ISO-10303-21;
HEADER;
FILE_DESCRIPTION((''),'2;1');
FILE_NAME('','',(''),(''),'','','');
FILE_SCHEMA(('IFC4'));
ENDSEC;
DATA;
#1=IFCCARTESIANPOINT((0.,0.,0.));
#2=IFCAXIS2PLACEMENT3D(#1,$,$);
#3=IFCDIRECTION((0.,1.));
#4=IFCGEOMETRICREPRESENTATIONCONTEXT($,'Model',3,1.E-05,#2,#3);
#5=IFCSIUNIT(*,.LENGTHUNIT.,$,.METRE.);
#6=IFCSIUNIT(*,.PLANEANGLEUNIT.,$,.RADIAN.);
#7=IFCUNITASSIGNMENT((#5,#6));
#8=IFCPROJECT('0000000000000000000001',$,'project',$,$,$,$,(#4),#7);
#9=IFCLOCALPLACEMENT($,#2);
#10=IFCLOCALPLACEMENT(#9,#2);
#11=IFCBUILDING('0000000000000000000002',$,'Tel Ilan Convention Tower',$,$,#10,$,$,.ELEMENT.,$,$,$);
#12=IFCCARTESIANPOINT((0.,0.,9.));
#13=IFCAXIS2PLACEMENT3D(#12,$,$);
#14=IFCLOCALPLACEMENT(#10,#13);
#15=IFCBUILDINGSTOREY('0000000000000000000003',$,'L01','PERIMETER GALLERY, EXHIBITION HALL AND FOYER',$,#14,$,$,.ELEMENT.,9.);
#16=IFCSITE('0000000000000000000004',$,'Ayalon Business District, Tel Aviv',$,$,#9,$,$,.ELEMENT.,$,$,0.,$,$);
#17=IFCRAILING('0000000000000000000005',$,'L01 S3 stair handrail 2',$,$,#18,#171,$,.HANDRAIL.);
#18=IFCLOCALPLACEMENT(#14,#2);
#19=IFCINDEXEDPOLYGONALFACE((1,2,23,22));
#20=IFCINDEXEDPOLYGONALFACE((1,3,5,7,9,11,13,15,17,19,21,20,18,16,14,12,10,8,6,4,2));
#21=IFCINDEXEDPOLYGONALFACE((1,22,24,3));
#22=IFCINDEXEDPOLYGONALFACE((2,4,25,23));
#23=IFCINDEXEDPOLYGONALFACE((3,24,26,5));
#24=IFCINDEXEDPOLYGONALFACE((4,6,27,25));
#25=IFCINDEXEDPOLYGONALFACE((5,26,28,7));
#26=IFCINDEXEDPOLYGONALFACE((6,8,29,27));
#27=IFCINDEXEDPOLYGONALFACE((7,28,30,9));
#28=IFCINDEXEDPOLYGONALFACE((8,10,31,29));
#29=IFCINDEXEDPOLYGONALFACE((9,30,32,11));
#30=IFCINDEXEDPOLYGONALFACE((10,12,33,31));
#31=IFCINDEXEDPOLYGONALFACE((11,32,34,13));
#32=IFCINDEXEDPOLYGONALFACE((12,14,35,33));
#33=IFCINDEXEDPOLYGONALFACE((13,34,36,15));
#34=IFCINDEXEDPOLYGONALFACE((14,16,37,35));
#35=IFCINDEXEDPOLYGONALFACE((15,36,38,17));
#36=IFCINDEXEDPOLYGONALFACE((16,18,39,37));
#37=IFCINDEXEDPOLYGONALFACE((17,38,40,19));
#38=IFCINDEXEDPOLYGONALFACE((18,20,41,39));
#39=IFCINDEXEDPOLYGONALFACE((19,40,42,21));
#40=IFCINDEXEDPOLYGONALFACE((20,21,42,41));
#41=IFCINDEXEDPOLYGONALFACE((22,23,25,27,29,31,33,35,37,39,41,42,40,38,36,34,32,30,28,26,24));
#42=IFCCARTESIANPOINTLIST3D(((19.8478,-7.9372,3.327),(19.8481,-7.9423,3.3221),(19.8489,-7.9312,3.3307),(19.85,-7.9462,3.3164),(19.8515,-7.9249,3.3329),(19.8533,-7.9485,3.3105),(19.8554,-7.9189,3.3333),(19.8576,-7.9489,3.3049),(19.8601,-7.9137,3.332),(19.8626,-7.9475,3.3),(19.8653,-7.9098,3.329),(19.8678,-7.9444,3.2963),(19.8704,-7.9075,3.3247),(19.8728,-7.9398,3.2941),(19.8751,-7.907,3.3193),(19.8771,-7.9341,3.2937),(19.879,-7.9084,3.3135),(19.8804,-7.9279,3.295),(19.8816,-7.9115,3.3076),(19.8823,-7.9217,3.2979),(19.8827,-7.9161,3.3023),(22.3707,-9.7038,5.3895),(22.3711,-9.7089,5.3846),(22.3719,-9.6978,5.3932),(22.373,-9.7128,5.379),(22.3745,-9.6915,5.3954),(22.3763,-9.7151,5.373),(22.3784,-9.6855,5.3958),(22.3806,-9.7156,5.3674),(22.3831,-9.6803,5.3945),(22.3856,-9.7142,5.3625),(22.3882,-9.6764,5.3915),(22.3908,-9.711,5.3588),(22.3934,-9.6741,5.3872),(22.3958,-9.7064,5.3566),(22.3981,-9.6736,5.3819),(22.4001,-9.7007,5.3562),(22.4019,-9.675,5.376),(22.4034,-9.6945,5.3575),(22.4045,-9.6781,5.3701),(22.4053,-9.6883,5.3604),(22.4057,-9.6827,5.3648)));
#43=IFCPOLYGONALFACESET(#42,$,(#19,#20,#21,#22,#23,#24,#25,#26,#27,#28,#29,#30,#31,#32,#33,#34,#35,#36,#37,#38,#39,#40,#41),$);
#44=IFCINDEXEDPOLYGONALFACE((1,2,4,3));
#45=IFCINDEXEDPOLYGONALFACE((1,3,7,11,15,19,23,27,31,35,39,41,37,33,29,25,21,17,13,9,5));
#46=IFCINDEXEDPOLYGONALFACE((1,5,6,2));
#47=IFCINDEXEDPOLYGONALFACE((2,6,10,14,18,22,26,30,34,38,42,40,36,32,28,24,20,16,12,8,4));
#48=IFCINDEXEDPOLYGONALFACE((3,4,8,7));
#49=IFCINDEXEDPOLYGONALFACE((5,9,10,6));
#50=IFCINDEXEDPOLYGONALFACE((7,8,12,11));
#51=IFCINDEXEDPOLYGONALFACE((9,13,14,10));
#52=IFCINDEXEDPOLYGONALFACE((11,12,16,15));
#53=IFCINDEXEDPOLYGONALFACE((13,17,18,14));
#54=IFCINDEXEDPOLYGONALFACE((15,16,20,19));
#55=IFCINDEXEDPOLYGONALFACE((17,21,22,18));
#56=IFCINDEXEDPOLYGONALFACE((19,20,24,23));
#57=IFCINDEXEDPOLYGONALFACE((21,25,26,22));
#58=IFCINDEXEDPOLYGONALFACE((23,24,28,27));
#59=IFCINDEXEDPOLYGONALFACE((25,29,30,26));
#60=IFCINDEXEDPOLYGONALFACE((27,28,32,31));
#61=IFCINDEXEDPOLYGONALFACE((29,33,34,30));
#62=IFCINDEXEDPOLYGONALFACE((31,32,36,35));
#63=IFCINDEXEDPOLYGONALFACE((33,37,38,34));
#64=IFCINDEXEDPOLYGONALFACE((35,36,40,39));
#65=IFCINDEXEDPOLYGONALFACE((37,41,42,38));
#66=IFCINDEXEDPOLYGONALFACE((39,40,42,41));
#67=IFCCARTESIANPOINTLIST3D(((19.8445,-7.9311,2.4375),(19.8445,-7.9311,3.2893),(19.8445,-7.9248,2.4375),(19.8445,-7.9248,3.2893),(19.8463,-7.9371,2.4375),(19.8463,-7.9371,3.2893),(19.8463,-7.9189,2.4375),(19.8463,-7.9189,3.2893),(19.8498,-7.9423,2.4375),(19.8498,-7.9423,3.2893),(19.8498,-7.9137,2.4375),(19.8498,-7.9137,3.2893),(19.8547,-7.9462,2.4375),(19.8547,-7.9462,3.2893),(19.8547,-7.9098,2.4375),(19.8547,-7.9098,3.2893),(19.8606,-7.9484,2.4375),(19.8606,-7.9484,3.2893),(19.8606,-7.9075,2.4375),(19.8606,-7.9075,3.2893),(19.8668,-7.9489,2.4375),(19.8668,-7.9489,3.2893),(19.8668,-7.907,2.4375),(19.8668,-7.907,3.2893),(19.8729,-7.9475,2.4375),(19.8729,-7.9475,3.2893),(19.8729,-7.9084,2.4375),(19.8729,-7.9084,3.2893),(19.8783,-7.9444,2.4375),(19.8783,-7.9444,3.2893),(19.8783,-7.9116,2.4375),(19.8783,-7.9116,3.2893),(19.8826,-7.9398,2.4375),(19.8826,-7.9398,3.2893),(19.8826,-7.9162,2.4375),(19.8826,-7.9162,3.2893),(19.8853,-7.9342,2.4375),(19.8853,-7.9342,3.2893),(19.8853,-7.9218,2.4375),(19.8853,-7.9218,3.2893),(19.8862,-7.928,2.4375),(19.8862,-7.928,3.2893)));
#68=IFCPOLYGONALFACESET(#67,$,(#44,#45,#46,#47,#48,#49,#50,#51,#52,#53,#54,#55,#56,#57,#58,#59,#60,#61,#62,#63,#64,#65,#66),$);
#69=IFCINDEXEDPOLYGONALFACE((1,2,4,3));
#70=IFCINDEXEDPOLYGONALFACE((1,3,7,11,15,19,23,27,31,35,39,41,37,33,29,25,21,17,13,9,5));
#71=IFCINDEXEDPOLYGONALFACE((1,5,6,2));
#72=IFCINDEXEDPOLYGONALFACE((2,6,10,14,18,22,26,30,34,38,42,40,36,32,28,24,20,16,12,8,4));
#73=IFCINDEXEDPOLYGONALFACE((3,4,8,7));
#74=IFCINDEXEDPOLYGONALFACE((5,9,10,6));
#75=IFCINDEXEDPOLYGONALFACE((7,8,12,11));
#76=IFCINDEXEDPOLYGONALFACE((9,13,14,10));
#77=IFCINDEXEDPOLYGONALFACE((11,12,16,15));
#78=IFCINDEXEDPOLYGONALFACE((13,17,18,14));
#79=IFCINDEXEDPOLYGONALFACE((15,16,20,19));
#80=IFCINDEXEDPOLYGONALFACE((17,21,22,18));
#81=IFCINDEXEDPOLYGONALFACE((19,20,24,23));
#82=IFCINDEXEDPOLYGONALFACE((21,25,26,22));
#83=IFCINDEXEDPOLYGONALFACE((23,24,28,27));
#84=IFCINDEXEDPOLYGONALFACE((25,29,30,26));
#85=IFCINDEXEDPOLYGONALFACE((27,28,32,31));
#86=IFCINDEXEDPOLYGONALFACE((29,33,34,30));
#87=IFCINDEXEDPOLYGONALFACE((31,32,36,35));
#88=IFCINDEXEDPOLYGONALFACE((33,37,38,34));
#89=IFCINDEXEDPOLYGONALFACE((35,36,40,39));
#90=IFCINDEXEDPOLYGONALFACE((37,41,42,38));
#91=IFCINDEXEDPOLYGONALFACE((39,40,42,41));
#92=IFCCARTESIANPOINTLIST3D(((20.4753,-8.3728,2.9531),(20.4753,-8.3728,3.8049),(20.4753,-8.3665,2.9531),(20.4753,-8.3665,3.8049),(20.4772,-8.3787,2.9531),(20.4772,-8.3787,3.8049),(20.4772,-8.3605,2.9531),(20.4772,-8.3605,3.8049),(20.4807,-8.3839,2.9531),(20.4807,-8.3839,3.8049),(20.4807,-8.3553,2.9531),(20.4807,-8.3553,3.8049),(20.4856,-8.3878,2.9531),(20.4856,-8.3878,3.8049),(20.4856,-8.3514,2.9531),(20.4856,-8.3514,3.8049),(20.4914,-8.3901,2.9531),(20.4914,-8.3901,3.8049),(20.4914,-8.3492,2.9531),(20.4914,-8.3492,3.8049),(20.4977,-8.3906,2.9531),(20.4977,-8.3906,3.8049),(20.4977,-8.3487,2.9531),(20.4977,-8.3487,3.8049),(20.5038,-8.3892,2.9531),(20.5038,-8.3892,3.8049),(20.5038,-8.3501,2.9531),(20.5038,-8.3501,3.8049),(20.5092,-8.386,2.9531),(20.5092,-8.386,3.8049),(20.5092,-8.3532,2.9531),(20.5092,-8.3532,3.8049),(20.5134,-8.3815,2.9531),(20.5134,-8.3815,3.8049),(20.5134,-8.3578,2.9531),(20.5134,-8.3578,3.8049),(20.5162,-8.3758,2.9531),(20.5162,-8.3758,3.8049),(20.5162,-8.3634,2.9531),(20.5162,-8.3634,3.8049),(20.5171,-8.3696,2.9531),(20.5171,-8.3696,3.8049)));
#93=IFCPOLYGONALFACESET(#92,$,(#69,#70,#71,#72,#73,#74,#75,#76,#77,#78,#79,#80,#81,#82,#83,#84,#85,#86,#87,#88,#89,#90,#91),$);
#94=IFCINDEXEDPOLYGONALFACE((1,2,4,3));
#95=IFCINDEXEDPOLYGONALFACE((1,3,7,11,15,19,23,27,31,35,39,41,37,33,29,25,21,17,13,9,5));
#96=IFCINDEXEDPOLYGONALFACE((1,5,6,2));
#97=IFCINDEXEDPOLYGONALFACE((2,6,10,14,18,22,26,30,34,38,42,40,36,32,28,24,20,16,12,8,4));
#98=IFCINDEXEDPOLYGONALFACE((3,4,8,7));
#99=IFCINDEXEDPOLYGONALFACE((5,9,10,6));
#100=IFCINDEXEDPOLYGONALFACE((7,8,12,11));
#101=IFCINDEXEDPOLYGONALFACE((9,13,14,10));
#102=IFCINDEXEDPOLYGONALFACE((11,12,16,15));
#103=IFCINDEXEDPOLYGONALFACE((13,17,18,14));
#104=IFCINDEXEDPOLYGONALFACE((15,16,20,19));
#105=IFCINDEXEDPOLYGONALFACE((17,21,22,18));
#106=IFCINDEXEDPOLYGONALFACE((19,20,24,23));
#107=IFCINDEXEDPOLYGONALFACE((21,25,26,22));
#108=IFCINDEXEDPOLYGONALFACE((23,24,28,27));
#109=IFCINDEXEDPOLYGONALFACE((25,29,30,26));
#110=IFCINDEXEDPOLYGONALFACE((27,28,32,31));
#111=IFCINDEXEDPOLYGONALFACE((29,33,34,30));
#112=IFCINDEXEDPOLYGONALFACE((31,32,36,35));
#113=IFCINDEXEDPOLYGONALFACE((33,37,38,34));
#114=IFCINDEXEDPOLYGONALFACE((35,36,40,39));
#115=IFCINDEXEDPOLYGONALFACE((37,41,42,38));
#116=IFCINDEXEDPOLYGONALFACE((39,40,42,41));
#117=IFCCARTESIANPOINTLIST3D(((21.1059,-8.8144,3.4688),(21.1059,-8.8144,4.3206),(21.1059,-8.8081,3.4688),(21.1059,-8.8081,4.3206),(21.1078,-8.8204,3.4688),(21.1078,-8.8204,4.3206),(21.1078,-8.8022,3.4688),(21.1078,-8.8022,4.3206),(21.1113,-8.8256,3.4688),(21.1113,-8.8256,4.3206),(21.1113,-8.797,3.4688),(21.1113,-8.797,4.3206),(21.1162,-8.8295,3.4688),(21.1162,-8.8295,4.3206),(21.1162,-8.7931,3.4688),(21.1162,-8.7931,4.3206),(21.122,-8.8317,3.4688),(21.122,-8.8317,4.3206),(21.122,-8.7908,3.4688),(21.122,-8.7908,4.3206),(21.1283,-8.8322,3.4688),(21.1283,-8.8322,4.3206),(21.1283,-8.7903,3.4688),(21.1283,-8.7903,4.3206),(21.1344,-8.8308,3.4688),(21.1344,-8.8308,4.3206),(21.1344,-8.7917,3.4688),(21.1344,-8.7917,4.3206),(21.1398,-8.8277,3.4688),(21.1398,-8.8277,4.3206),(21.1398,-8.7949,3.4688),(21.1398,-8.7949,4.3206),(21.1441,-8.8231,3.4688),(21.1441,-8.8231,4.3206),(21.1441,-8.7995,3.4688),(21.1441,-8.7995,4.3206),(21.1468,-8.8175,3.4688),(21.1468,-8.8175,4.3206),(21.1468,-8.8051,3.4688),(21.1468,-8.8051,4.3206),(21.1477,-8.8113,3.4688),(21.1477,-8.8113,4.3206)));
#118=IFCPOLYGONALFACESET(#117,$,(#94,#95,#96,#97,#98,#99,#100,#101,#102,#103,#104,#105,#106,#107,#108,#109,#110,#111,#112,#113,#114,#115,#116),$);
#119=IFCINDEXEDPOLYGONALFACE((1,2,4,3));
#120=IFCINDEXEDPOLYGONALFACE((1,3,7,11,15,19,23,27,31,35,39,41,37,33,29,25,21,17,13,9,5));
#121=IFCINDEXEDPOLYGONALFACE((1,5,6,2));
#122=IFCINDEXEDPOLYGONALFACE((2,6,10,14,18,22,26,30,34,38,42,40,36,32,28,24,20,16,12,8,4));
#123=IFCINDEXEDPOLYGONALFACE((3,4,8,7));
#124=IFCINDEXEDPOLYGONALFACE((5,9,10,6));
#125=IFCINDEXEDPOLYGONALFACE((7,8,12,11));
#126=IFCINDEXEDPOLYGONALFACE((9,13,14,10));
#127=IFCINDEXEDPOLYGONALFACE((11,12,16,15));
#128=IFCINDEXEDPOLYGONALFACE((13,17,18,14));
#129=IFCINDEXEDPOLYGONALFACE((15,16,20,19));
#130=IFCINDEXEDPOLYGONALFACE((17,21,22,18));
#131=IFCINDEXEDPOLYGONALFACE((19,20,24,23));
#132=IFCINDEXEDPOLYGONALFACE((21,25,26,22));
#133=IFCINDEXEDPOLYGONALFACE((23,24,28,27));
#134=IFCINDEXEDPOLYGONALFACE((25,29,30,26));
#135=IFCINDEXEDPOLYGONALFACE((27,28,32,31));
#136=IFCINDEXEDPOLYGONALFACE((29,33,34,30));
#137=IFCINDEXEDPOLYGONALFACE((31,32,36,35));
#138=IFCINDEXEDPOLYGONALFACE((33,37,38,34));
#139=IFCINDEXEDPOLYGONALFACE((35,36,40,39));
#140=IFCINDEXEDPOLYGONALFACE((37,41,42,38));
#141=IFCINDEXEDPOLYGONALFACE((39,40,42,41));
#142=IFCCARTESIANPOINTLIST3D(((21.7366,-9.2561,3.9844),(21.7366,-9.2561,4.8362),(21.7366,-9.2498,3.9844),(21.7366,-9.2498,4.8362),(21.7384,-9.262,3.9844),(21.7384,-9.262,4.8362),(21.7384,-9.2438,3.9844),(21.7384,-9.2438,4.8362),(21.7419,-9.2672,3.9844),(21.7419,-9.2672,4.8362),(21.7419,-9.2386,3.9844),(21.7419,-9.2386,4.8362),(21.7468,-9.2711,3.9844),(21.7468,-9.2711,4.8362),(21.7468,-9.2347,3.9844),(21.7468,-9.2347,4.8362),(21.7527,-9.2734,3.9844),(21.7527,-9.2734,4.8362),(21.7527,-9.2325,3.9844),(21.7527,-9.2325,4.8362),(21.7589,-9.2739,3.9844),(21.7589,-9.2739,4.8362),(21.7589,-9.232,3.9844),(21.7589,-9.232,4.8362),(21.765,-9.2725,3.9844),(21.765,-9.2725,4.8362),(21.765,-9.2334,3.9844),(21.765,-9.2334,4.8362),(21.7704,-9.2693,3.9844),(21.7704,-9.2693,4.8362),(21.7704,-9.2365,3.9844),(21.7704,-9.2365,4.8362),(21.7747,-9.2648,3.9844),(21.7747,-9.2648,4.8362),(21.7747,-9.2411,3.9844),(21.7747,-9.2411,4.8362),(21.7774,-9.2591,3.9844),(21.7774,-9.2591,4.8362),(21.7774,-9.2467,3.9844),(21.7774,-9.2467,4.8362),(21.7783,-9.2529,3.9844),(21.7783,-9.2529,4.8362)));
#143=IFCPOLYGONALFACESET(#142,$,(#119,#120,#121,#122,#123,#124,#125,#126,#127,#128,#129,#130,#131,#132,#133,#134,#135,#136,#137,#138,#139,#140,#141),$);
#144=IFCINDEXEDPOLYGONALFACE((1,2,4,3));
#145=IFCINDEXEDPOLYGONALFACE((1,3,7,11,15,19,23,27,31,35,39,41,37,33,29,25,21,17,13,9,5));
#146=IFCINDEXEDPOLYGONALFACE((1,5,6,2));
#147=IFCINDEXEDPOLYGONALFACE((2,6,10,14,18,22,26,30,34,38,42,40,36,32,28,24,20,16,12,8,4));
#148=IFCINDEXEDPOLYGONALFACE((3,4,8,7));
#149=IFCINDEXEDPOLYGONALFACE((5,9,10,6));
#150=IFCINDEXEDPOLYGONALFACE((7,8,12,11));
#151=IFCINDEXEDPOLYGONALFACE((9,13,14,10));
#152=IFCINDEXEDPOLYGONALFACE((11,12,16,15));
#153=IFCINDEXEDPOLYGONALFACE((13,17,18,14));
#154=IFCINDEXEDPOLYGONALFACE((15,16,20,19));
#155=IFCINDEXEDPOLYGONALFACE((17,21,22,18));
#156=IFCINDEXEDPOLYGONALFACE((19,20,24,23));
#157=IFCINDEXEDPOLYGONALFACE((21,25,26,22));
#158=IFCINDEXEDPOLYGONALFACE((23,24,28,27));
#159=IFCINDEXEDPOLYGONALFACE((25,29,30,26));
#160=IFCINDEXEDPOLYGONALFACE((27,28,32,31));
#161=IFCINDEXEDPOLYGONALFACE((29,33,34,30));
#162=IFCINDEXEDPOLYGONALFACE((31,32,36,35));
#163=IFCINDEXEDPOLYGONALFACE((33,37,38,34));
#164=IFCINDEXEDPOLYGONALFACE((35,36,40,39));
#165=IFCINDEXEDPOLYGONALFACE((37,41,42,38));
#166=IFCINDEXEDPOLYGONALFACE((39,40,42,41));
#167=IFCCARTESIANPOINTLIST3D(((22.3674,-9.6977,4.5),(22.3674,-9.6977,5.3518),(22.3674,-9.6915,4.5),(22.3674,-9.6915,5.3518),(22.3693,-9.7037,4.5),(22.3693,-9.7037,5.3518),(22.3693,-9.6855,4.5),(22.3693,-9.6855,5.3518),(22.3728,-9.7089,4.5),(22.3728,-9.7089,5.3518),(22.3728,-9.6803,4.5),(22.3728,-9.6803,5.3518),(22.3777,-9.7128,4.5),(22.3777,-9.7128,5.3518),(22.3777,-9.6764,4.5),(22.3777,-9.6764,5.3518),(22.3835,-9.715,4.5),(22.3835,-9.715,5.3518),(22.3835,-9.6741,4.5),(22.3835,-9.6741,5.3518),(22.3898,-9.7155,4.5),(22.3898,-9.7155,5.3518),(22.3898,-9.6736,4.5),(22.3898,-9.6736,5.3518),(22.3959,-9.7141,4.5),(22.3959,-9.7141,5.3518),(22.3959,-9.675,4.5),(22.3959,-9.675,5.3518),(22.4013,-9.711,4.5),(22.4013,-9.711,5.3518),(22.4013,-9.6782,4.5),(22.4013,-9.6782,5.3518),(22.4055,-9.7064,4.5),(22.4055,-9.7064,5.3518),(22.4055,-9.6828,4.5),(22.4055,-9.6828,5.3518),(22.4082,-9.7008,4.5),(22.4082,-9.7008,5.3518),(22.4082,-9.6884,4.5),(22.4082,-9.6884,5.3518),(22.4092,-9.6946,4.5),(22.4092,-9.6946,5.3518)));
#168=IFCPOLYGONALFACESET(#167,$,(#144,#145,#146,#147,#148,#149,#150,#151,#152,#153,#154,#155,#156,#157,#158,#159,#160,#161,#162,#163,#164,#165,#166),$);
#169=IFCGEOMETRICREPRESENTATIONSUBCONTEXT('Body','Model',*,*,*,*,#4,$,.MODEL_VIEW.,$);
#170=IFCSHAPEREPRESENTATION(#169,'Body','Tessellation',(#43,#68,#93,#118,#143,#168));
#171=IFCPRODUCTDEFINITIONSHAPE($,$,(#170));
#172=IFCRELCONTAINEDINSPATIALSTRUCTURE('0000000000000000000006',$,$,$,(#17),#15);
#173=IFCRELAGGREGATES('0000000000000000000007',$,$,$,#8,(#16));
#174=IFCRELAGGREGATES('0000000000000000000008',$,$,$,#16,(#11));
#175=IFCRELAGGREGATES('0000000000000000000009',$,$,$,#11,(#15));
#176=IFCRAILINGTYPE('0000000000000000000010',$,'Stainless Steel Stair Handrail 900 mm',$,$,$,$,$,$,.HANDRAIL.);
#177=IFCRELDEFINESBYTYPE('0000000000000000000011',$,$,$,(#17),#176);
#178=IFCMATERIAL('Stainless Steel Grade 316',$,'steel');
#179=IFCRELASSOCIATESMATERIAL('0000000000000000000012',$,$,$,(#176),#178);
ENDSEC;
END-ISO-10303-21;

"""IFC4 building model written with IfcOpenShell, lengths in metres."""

from ifc_helpers import new_model, si_unit, direction, frame, origin, origin_2d, place, context, subcontext, project, spatial, circle, extrude, material, type_object, element, save


model = new_model("IFC4")

# Units and contexts
model_context = context("Model", 3, precision=1e-05, world=origin(), true_north=direction((0.0, 1.0)))
body_context = subcontext(model_context, "Body", "Model", "MODEL_VIEW")
ifc_project = project(units=[si_unit("LENGTHUNIT", "METRE"), si_unit("PLANEANGLEUNIT", "RADIAN")], contexts=[model_context])

# Site, building, storey
site_placement = place(None, origin())
site = spatial("IfcSite", under=ifc_project, at=site_placement, Name="Ayalon Business District, Tel Aviv", CompositionType="ELEMENT", RefElevation=0.0)
building_placement = place(site_placement, origin())
building = spatial("IfcBuilding", under=site, at=building_placement, Name="Tel Ilan Convention Tower", CompositionType="ELEMENT")
storey_placement = place(building_placement, frame((0.0, 0.0, 9.0)))
storey = spatial("IfcBuildingStorey", under=building, at=storey_placement, Name="L01", Description="PERIMETER GALLERY, EXHIBITION HALL AND FOYER", CompositionType="ELEMENT", Elevation=9.0)

# Railing
ifc_material_1 = material(Name="Stainless Steel Grade 316", Category="steel")
railing_type_1 = type_object("IfcRailingType", Name="Stainless Steel Stair Handrail 900 mm", PredefinedType="HANDRAIL", material=ifc_material_1)
for number, where, name in (
    (1, (19.8652, -7.928, 2.4375), "L01 S3 stair handrail 2"),
):
    element("IfcRailing", number, at=place(storey_placement, frame(where)), inside=storey, type_object=railing_type_1, Name=name, PredefinedType="HANDRAIL", context=body_context, shape_type="SweptSolid", body=[
        extrude(circle(Radius=0.0239, at=origin_2d()), frame((0.0, 0.0, 0.876), z_axis=(0.680635, -0.476589, 0.556416), x_axis=(0.573579, 0.81915, 0.0)), (0.0, 0.0, 1.0), 3.7068),
        extrude(circle(Radius=0.021, at=origin_2d()), origin(), (0.0, 0.0, 1.0), 0.8518),
        extrude(circle(Radius=0.021, at=origin_2d()), frame((0.6309, -0.4417, 0.5156)), (0.0, 0.0, 1.0), 0.8518),
        extrude(circle(Radius=0.021, at=origin_2d()), frame((1.2615, -0.8833, 1.0312)), (0.0, 0.0, 1.0), 0.8518),
        extrude(circle(Radius=0.021, at=origin_2d()), frame((1.8921, -1.325, 1.5469)), (0.0, 0.0, 1.0), 0.8518),
        extrude(circle(Radius=0.021, at=origin_2d()), frame((2.5229, -1.7666, 2.0625)), (0.0, 0.0, 1.0), 0.8518),
    ])

save(model, "model.ifc")
